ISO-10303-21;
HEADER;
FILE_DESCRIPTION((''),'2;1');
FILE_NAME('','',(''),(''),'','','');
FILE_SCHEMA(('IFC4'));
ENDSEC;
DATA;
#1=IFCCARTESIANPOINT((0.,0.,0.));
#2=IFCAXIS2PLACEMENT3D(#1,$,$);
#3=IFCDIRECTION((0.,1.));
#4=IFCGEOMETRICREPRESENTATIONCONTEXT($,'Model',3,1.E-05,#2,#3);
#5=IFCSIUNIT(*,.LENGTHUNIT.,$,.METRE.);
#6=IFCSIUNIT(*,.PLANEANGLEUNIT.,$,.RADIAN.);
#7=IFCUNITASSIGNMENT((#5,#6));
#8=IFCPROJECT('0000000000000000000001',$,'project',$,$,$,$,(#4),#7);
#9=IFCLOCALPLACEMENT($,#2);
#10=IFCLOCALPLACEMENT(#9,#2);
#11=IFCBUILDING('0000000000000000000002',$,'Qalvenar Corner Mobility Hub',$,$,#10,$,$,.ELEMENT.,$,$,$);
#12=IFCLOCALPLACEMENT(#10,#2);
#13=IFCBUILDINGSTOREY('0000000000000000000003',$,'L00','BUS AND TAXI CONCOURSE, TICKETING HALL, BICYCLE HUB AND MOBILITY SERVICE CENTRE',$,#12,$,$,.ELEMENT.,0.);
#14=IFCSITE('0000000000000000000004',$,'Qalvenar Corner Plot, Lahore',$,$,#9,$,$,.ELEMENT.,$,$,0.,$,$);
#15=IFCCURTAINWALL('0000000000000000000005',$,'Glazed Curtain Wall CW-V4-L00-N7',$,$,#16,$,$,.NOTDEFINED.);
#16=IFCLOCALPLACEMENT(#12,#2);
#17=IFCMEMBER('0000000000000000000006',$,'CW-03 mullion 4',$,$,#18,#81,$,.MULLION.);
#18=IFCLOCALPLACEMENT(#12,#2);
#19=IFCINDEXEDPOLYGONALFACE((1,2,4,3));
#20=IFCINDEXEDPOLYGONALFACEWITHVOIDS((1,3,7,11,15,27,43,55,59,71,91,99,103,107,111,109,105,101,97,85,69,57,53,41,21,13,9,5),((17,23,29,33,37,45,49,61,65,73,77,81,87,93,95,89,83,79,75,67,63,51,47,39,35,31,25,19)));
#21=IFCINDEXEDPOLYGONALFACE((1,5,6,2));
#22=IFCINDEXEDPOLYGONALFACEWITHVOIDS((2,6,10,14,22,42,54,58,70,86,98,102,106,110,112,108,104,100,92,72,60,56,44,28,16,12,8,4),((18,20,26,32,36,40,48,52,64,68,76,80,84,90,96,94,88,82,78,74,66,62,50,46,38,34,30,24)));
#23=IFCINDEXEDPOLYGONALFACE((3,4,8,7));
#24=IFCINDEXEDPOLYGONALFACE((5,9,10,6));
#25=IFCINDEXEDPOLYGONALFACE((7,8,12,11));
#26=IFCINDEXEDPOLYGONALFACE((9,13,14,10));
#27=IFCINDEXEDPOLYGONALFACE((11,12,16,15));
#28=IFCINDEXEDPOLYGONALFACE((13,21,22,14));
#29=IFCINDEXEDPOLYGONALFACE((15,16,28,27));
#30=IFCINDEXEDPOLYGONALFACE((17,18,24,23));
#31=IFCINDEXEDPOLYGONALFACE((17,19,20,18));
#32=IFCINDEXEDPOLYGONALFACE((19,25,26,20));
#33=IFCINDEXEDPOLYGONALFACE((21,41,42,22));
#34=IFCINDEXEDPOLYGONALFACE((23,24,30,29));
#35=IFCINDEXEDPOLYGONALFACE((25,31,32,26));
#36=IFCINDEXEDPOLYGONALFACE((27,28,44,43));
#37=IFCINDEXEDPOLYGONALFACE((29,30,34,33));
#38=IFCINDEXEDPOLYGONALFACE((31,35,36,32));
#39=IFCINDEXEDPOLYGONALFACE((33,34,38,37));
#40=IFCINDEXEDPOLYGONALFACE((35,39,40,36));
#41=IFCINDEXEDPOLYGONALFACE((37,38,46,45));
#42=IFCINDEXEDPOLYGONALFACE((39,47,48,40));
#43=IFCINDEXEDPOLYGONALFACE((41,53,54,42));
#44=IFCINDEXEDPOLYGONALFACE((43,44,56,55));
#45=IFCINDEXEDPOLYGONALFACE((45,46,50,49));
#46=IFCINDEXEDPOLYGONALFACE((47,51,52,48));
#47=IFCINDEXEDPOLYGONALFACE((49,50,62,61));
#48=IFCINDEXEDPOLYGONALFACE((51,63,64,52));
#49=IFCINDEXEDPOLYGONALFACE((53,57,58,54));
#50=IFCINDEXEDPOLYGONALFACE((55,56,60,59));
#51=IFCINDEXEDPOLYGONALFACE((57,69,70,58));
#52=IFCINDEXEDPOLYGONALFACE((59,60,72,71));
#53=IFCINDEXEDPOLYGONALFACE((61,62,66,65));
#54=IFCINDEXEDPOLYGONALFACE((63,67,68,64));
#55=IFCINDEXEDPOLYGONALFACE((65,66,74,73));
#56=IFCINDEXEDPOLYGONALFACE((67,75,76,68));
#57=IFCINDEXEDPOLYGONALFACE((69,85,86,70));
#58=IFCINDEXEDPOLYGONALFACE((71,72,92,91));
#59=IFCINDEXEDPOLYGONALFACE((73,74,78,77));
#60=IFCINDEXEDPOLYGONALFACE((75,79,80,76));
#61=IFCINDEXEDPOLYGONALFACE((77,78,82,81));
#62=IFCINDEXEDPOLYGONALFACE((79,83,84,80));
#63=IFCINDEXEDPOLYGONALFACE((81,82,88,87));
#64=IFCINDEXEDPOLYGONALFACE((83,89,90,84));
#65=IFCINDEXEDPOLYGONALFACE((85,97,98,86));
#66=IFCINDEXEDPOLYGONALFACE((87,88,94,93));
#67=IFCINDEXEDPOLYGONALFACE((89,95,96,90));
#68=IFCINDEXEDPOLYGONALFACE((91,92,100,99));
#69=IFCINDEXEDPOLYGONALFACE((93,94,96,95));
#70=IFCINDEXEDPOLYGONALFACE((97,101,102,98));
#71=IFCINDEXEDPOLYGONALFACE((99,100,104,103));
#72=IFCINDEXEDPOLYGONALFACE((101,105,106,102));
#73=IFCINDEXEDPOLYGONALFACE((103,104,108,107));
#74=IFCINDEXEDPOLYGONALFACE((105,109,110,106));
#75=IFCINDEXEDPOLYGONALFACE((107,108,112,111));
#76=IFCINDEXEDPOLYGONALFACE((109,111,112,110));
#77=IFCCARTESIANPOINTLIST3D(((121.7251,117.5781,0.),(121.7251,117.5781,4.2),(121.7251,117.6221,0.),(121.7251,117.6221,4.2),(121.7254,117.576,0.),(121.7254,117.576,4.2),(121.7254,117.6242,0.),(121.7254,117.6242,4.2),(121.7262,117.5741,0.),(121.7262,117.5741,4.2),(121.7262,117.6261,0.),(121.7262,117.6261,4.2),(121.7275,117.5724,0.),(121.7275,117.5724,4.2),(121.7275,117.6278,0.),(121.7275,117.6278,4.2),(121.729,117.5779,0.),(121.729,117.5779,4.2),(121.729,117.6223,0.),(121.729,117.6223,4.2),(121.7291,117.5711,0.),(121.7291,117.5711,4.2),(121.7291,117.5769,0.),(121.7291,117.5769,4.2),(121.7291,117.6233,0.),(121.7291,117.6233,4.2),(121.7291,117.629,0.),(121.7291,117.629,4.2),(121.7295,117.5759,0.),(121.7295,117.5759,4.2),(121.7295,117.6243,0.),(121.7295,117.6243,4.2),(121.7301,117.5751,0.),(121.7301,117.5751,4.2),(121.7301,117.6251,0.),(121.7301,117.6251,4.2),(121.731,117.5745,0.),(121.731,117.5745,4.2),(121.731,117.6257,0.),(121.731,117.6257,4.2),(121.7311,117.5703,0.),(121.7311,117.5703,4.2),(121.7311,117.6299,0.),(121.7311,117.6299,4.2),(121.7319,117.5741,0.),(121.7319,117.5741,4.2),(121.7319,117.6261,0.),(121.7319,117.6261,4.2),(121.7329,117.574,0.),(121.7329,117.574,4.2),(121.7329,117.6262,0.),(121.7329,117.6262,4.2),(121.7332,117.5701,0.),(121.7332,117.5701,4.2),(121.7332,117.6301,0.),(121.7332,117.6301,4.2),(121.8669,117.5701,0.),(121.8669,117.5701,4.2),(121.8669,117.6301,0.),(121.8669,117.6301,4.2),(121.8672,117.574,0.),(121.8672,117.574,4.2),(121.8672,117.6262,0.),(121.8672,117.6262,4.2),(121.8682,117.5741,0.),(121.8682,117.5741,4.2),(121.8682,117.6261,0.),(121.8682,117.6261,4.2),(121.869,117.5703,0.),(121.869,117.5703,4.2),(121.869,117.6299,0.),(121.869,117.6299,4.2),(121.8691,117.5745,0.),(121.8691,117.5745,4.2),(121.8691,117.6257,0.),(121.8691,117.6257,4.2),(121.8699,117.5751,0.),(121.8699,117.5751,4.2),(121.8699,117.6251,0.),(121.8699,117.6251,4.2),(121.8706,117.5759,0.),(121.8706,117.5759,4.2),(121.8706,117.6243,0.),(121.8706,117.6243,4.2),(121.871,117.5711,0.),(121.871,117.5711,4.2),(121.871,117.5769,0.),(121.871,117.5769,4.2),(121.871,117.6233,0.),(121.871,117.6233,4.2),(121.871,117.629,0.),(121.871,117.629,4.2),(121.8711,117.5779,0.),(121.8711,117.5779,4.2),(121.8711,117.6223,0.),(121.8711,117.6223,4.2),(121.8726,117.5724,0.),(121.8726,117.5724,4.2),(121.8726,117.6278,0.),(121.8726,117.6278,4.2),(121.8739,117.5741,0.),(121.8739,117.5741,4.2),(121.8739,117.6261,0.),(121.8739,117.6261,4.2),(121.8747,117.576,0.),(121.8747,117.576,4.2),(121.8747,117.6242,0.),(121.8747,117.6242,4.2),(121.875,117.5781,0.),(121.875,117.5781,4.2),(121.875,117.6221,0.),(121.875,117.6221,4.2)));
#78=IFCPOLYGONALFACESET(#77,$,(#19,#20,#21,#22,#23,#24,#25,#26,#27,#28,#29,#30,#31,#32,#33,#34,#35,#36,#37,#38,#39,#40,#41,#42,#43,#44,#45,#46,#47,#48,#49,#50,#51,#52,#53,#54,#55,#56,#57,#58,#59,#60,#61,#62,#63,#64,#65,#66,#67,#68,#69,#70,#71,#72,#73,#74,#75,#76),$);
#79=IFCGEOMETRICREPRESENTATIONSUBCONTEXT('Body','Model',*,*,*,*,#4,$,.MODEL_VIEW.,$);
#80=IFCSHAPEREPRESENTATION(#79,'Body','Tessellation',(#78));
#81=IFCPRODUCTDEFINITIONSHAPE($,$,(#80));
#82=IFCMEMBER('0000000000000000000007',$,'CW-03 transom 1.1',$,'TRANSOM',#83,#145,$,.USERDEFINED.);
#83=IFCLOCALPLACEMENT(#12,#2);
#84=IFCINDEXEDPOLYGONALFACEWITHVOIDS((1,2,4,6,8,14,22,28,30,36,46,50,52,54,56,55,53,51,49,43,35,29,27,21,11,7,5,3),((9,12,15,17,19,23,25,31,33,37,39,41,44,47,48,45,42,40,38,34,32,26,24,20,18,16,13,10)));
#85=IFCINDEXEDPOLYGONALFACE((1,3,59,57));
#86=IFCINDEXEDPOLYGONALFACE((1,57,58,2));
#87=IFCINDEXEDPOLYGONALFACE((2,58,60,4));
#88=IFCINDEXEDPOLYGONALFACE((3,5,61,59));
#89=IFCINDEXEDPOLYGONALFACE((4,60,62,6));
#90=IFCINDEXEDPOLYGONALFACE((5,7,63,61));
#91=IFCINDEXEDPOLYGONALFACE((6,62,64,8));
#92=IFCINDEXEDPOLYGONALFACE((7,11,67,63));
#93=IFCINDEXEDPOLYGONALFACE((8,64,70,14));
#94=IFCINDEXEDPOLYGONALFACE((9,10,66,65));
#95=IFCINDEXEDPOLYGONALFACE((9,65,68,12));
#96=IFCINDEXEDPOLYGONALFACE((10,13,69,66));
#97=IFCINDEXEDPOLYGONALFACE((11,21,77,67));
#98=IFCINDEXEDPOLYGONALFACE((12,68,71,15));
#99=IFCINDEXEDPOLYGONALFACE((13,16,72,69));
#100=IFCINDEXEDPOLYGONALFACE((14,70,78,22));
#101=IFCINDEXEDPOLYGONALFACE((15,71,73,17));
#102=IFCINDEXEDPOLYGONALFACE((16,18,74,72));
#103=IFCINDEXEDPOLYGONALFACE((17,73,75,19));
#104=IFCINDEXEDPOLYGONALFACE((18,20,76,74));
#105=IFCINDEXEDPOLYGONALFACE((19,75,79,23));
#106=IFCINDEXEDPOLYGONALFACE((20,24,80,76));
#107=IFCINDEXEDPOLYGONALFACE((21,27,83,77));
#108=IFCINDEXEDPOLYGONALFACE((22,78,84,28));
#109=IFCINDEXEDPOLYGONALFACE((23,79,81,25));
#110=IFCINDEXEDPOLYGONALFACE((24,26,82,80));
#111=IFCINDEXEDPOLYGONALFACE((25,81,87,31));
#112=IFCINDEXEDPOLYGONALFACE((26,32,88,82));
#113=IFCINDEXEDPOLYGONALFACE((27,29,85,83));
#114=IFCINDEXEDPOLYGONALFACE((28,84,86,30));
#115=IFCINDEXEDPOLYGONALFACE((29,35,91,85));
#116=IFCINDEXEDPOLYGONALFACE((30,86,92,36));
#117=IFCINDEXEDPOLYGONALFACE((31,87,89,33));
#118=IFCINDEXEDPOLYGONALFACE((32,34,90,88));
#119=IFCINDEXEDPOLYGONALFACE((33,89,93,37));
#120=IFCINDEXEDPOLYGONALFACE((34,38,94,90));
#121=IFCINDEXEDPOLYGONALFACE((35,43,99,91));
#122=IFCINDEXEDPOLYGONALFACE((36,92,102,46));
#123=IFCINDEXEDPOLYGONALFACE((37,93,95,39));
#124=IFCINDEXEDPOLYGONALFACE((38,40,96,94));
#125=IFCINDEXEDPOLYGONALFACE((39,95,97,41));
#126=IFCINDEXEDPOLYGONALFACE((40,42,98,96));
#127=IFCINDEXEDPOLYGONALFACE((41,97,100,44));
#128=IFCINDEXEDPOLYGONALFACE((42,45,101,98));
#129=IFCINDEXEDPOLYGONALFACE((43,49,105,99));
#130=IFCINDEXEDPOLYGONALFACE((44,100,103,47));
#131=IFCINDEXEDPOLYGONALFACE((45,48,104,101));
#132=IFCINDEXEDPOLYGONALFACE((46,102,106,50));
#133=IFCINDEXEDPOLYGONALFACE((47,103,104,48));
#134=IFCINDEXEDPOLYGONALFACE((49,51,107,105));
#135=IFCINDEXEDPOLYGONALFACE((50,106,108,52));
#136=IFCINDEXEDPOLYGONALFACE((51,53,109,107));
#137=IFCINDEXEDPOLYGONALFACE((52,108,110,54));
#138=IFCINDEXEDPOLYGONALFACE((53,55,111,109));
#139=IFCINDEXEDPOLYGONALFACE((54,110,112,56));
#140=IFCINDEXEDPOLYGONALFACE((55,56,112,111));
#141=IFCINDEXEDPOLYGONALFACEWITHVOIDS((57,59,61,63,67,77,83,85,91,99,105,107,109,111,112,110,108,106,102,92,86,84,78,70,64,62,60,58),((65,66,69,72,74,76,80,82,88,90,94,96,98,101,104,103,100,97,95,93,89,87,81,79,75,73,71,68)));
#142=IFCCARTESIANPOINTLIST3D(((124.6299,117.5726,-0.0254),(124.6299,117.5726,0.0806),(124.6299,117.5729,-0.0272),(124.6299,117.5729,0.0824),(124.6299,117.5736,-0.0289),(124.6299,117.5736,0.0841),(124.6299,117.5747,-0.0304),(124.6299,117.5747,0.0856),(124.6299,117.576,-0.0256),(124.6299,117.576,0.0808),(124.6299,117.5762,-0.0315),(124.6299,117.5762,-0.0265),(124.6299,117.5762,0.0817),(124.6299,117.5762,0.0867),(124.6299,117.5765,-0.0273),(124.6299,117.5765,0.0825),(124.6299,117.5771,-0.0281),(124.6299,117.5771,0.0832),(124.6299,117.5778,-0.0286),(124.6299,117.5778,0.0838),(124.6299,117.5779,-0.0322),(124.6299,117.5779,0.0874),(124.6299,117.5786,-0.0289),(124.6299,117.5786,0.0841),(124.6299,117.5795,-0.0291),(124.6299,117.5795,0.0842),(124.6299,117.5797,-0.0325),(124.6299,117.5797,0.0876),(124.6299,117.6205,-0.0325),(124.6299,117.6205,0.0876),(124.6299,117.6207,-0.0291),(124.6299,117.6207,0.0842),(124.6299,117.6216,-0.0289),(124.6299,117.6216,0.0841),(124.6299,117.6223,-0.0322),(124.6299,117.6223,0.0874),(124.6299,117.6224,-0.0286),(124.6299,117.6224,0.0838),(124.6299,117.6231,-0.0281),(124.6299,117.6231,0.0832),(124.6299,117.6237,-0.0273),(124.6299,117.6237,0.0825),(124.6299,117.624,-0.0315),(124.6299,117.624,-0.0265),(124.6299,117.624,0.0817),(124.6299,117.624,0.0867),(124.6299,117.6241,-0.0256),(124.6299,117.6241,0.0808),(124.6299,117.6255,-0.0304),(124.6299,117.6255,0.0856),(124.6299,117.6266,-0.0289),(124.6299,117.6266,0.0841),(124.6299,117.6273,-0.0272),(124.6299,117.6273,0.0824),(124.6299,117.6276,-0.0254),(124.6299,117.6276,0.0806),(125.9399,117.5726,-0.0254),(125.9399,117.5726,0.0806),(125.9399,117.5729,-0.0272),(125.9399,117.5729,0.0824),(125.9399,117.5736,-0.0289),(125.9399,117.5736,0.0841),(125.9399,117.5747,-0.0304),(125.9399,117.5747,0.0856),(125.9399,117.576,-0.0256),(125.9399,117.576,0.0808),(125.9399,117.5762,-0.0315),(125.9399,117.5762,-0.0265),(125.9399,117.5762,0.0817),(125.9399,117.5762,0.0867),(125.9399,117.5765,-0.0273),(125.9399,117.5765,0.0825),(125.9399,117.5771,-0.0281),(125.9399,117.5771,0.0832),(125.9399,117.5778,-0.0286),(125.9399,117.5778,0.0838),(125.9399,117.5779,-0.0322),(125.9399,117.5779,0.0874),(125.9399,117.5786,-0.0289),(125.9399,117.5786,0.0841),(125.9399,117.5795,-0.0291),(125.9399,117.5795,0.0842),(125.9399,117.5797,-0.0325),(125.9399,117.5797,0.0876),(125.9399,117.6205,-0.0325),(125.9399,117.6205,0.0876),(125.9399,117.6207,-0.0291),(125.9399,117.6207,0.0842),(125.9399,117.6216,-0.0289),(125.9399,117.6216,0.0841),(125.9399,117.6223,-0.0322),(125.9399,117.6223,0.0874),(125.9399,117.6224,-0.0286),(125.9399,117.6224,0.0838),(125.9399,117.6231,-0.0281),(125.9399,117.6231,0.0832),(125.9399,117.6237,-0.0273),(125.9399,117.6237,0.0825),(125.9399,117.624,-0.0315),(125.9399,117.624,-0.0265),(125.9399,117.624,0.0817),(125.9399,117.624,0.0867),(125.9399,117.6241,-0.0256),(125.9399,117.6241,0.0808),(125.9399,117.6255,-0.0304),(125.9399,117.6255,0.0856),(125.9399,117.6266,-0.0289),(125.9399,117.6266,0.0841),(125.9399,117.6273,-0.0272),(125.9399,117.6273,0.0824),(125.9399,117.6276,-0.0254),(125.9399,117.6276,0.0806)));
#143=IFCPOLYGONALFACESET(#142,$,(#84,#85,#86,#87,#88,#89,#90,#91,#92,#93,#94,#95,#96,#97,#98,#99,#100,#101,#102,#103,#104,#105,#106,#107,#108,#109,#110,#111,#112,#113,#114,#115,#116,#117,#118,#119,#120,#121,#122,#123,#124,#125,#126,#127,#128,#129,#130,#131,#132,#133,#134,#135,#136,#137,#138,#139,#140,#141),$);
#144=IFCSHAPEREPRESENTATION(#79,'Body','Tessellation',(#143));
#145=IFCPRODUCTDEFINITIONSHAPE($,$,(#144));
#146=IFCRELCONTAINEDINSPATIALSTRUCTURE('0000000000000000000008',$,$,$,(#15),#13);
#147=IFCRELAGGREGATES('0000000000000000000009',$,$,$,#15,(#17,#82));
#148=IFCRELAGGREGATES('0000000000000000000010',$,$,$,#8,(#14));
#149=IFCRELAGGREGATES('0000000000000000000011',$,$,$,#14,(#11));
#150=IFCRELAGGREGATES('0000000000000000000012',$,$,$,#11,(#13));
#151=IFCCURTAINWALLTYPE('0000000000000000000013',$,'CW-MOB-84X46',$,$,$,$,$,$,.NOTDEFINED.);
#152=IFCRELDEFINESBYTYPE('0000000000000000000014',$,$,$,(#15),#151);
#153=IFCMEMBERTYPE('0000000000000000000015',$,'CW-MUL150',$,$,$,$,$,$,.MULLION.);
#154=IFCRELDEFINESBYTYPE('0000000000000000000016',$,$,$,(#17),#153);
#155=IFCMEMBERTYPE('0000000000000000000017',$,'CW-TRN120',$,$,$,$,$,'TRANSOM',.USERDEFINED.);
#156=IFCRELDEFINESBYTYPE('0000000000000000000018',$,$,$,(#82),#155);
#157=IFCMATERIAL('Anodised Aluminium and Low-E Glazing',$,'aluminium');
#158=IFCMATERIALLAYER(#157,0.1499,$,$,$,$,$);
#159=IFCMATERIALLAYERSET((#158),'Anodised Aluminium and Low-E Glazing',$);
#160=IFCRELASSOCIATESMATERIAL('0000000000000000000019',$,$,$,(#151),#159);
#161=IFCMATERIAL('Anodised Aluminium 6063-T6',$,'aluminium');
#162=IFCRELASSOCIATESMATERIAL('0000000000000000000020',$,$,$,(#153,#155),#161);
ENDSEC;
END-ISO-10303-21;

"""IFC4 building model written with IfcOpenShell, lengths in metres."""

from ifc_helpers import new_model, si_unit, direction, frame, origin, origin_2d, place, context, subcontext, project, spatial, hollow_rectangle, extrude, material, layer, layer_set, material_profile, profile_set, type_object, element, aggregate, save


model = new_model("IFC4")

# Units and contexts
model_context = context("Model", 3, precision=1e-05, world=origin(), true_north=direction((0.0, 1.0)))
body_context = subcontext(model_context, "Body", "Model", "MODEL_VIEW")
ifc_project = project(units=[si_unit("LENGTHUNIT", "METRE"), si_unit("PLANEANGLEUNIT", "RADIAN")], contexts=[model_context])

# Site, building, storey
site_placement = place(None, origin())
site = spatial("IfcSite", under=ifc_project, at=site_placement, Name="Qalvenar Corner Plot, Lahore", CompositionType="ELEMENT", RefElevation=0.0)
building_placement = place(site_placement, origin())
building = spatial("IfcBuilding", under=site, at=building_placement, Name="Qalvenar Corner Mobility Hub", CompositionType="ELEMENT")
storey_placement = place(building_placement, origin())
storey = spatial("IfcBuildingStorey", under=building, at=storey_placement, Name="L00", Description="BUS AND TAXI CONCOURSE, TICKETING HALL, BICYCLE HUB AND MOBILITY SERVICE CENTRE", CompositionType="ELEMENT", Elevation=0.0)

# Curtain wall, members
ifc_material_1 = material(Name="Anodised Aluminium and Low-E Glazing", Category="aluminium")
ifc_layer_1 = layer(ifc_material_1, 0.1499)
ifc_layer_set_1 = layer_set([ifc_layer_1], Name="Anodised Aluminium and Low-E Glazing")
curtain_wall_type = type_object("IfcCurtainWallType", Name="CW-MOB-84X46", PredefinedType="NOTDEFINED", material=ifc_layer_set_1)
curtain_wall_placement = place(storey_placement, origin())
curtain_wall = element("IfcCurtainWall", 1, at=curtain_wall_placement, inside=storey, type_object=curtain_wall_type, Name="Glazed Curtain Wall CW-V4-L00-N7", PredefinedType="NOTDEFINED")
ifc_material_2 = material(Name="Anodised Aluminium 6063-T6", Category="aluminium")
ifc_material_profile_1 = material_profile(ifc_material_2, hollow_rectangle(XDim=0.0601, YDim=0.1499, WallThickness=0.0039, InnerFilletRadius=0.0039, OuterFilletRadius=0.0081, at=origin_2d()), Name="RHS150x60x4")
ifc_profile_set_1 = profile_set([ifc_material_profile_1], Name="Anodised Aluminium 6063-T6")
member_type_1 = type_object("IfcMemberType", Name="CW-MUL150", PredefinedType="MULLION", material=ifc_profile_set_1)
member_1_placement = place(storey_placement, frame((121.8, 117.6001, 0.0), z_axis=(0.0, 0.0, 1.0), x_axis=(0.0, -1.0, 0.0)))
member_1 = element("IfcMember", 2, at=member_1_placement, type_object=member_type_1, Name="CW-03 mullion 4", PredefinedType="MULLION", context=body_context, shape_type="SweptSolid", body=[
    extrude(hollow_rectangle(XDim=0.0601, YDim=0.1499, WallThickness=0.0039, InnerFilletRadius=0.0039, OuterFilletRadius=0.0081, at=origin_2d()), origin(), (0.0, 0.0, 1.0), 4.2),
])
ifc_material_profile_2 = material_profile(ifc_material_2, hollow_rectangle(XDim=0.0549, YDim=0.1201, WallThickness=0.0034, InnerFilletRadius=0.0034, OuterFilletRadius=0.0071, at=origin_2d()), Name="RHS120x55x3.5")
ifc_profile_set_2 = profile_set([ifc_material_profile_2], Name="Anodised Aluminium 6063-T6")
member_type_2 = type_object("IfcMemberType", Name="CW-TRN120", ElementType="TRANSOM", PredefinedType="USERDEFINED", material=ifc_profile_set_2)
member_2_placement = place(storey_placement, frame((125.9399, 117.6001, 0.0276), z_axis=(-1.0, 0.0, 0.0), x_axis=(0.0, -1.0, 0.0)))
member_2 = element("IfcMember", 3, at=member_2_placement, type_object=member_type_2, Name="CW-03 transom 1.1", ObjectType="TRANSOM", PredefinedType="USERDEFINED", context=body_context, shape_type="SweptSolid", body=[
    extrude(hollow_rectangle(XDim=0.0549, YDim=0.1201, WallThickness=0.0034, InnerFilletRadius=0.0034, OuterFilletRadius=0.0071, at=origin_2d()), origin(), (0.0, 0.0, 1.0), 1.3101),
])
aggregate(curtain_wall, [member_1, member_2])

save(model, "model.ifc")
